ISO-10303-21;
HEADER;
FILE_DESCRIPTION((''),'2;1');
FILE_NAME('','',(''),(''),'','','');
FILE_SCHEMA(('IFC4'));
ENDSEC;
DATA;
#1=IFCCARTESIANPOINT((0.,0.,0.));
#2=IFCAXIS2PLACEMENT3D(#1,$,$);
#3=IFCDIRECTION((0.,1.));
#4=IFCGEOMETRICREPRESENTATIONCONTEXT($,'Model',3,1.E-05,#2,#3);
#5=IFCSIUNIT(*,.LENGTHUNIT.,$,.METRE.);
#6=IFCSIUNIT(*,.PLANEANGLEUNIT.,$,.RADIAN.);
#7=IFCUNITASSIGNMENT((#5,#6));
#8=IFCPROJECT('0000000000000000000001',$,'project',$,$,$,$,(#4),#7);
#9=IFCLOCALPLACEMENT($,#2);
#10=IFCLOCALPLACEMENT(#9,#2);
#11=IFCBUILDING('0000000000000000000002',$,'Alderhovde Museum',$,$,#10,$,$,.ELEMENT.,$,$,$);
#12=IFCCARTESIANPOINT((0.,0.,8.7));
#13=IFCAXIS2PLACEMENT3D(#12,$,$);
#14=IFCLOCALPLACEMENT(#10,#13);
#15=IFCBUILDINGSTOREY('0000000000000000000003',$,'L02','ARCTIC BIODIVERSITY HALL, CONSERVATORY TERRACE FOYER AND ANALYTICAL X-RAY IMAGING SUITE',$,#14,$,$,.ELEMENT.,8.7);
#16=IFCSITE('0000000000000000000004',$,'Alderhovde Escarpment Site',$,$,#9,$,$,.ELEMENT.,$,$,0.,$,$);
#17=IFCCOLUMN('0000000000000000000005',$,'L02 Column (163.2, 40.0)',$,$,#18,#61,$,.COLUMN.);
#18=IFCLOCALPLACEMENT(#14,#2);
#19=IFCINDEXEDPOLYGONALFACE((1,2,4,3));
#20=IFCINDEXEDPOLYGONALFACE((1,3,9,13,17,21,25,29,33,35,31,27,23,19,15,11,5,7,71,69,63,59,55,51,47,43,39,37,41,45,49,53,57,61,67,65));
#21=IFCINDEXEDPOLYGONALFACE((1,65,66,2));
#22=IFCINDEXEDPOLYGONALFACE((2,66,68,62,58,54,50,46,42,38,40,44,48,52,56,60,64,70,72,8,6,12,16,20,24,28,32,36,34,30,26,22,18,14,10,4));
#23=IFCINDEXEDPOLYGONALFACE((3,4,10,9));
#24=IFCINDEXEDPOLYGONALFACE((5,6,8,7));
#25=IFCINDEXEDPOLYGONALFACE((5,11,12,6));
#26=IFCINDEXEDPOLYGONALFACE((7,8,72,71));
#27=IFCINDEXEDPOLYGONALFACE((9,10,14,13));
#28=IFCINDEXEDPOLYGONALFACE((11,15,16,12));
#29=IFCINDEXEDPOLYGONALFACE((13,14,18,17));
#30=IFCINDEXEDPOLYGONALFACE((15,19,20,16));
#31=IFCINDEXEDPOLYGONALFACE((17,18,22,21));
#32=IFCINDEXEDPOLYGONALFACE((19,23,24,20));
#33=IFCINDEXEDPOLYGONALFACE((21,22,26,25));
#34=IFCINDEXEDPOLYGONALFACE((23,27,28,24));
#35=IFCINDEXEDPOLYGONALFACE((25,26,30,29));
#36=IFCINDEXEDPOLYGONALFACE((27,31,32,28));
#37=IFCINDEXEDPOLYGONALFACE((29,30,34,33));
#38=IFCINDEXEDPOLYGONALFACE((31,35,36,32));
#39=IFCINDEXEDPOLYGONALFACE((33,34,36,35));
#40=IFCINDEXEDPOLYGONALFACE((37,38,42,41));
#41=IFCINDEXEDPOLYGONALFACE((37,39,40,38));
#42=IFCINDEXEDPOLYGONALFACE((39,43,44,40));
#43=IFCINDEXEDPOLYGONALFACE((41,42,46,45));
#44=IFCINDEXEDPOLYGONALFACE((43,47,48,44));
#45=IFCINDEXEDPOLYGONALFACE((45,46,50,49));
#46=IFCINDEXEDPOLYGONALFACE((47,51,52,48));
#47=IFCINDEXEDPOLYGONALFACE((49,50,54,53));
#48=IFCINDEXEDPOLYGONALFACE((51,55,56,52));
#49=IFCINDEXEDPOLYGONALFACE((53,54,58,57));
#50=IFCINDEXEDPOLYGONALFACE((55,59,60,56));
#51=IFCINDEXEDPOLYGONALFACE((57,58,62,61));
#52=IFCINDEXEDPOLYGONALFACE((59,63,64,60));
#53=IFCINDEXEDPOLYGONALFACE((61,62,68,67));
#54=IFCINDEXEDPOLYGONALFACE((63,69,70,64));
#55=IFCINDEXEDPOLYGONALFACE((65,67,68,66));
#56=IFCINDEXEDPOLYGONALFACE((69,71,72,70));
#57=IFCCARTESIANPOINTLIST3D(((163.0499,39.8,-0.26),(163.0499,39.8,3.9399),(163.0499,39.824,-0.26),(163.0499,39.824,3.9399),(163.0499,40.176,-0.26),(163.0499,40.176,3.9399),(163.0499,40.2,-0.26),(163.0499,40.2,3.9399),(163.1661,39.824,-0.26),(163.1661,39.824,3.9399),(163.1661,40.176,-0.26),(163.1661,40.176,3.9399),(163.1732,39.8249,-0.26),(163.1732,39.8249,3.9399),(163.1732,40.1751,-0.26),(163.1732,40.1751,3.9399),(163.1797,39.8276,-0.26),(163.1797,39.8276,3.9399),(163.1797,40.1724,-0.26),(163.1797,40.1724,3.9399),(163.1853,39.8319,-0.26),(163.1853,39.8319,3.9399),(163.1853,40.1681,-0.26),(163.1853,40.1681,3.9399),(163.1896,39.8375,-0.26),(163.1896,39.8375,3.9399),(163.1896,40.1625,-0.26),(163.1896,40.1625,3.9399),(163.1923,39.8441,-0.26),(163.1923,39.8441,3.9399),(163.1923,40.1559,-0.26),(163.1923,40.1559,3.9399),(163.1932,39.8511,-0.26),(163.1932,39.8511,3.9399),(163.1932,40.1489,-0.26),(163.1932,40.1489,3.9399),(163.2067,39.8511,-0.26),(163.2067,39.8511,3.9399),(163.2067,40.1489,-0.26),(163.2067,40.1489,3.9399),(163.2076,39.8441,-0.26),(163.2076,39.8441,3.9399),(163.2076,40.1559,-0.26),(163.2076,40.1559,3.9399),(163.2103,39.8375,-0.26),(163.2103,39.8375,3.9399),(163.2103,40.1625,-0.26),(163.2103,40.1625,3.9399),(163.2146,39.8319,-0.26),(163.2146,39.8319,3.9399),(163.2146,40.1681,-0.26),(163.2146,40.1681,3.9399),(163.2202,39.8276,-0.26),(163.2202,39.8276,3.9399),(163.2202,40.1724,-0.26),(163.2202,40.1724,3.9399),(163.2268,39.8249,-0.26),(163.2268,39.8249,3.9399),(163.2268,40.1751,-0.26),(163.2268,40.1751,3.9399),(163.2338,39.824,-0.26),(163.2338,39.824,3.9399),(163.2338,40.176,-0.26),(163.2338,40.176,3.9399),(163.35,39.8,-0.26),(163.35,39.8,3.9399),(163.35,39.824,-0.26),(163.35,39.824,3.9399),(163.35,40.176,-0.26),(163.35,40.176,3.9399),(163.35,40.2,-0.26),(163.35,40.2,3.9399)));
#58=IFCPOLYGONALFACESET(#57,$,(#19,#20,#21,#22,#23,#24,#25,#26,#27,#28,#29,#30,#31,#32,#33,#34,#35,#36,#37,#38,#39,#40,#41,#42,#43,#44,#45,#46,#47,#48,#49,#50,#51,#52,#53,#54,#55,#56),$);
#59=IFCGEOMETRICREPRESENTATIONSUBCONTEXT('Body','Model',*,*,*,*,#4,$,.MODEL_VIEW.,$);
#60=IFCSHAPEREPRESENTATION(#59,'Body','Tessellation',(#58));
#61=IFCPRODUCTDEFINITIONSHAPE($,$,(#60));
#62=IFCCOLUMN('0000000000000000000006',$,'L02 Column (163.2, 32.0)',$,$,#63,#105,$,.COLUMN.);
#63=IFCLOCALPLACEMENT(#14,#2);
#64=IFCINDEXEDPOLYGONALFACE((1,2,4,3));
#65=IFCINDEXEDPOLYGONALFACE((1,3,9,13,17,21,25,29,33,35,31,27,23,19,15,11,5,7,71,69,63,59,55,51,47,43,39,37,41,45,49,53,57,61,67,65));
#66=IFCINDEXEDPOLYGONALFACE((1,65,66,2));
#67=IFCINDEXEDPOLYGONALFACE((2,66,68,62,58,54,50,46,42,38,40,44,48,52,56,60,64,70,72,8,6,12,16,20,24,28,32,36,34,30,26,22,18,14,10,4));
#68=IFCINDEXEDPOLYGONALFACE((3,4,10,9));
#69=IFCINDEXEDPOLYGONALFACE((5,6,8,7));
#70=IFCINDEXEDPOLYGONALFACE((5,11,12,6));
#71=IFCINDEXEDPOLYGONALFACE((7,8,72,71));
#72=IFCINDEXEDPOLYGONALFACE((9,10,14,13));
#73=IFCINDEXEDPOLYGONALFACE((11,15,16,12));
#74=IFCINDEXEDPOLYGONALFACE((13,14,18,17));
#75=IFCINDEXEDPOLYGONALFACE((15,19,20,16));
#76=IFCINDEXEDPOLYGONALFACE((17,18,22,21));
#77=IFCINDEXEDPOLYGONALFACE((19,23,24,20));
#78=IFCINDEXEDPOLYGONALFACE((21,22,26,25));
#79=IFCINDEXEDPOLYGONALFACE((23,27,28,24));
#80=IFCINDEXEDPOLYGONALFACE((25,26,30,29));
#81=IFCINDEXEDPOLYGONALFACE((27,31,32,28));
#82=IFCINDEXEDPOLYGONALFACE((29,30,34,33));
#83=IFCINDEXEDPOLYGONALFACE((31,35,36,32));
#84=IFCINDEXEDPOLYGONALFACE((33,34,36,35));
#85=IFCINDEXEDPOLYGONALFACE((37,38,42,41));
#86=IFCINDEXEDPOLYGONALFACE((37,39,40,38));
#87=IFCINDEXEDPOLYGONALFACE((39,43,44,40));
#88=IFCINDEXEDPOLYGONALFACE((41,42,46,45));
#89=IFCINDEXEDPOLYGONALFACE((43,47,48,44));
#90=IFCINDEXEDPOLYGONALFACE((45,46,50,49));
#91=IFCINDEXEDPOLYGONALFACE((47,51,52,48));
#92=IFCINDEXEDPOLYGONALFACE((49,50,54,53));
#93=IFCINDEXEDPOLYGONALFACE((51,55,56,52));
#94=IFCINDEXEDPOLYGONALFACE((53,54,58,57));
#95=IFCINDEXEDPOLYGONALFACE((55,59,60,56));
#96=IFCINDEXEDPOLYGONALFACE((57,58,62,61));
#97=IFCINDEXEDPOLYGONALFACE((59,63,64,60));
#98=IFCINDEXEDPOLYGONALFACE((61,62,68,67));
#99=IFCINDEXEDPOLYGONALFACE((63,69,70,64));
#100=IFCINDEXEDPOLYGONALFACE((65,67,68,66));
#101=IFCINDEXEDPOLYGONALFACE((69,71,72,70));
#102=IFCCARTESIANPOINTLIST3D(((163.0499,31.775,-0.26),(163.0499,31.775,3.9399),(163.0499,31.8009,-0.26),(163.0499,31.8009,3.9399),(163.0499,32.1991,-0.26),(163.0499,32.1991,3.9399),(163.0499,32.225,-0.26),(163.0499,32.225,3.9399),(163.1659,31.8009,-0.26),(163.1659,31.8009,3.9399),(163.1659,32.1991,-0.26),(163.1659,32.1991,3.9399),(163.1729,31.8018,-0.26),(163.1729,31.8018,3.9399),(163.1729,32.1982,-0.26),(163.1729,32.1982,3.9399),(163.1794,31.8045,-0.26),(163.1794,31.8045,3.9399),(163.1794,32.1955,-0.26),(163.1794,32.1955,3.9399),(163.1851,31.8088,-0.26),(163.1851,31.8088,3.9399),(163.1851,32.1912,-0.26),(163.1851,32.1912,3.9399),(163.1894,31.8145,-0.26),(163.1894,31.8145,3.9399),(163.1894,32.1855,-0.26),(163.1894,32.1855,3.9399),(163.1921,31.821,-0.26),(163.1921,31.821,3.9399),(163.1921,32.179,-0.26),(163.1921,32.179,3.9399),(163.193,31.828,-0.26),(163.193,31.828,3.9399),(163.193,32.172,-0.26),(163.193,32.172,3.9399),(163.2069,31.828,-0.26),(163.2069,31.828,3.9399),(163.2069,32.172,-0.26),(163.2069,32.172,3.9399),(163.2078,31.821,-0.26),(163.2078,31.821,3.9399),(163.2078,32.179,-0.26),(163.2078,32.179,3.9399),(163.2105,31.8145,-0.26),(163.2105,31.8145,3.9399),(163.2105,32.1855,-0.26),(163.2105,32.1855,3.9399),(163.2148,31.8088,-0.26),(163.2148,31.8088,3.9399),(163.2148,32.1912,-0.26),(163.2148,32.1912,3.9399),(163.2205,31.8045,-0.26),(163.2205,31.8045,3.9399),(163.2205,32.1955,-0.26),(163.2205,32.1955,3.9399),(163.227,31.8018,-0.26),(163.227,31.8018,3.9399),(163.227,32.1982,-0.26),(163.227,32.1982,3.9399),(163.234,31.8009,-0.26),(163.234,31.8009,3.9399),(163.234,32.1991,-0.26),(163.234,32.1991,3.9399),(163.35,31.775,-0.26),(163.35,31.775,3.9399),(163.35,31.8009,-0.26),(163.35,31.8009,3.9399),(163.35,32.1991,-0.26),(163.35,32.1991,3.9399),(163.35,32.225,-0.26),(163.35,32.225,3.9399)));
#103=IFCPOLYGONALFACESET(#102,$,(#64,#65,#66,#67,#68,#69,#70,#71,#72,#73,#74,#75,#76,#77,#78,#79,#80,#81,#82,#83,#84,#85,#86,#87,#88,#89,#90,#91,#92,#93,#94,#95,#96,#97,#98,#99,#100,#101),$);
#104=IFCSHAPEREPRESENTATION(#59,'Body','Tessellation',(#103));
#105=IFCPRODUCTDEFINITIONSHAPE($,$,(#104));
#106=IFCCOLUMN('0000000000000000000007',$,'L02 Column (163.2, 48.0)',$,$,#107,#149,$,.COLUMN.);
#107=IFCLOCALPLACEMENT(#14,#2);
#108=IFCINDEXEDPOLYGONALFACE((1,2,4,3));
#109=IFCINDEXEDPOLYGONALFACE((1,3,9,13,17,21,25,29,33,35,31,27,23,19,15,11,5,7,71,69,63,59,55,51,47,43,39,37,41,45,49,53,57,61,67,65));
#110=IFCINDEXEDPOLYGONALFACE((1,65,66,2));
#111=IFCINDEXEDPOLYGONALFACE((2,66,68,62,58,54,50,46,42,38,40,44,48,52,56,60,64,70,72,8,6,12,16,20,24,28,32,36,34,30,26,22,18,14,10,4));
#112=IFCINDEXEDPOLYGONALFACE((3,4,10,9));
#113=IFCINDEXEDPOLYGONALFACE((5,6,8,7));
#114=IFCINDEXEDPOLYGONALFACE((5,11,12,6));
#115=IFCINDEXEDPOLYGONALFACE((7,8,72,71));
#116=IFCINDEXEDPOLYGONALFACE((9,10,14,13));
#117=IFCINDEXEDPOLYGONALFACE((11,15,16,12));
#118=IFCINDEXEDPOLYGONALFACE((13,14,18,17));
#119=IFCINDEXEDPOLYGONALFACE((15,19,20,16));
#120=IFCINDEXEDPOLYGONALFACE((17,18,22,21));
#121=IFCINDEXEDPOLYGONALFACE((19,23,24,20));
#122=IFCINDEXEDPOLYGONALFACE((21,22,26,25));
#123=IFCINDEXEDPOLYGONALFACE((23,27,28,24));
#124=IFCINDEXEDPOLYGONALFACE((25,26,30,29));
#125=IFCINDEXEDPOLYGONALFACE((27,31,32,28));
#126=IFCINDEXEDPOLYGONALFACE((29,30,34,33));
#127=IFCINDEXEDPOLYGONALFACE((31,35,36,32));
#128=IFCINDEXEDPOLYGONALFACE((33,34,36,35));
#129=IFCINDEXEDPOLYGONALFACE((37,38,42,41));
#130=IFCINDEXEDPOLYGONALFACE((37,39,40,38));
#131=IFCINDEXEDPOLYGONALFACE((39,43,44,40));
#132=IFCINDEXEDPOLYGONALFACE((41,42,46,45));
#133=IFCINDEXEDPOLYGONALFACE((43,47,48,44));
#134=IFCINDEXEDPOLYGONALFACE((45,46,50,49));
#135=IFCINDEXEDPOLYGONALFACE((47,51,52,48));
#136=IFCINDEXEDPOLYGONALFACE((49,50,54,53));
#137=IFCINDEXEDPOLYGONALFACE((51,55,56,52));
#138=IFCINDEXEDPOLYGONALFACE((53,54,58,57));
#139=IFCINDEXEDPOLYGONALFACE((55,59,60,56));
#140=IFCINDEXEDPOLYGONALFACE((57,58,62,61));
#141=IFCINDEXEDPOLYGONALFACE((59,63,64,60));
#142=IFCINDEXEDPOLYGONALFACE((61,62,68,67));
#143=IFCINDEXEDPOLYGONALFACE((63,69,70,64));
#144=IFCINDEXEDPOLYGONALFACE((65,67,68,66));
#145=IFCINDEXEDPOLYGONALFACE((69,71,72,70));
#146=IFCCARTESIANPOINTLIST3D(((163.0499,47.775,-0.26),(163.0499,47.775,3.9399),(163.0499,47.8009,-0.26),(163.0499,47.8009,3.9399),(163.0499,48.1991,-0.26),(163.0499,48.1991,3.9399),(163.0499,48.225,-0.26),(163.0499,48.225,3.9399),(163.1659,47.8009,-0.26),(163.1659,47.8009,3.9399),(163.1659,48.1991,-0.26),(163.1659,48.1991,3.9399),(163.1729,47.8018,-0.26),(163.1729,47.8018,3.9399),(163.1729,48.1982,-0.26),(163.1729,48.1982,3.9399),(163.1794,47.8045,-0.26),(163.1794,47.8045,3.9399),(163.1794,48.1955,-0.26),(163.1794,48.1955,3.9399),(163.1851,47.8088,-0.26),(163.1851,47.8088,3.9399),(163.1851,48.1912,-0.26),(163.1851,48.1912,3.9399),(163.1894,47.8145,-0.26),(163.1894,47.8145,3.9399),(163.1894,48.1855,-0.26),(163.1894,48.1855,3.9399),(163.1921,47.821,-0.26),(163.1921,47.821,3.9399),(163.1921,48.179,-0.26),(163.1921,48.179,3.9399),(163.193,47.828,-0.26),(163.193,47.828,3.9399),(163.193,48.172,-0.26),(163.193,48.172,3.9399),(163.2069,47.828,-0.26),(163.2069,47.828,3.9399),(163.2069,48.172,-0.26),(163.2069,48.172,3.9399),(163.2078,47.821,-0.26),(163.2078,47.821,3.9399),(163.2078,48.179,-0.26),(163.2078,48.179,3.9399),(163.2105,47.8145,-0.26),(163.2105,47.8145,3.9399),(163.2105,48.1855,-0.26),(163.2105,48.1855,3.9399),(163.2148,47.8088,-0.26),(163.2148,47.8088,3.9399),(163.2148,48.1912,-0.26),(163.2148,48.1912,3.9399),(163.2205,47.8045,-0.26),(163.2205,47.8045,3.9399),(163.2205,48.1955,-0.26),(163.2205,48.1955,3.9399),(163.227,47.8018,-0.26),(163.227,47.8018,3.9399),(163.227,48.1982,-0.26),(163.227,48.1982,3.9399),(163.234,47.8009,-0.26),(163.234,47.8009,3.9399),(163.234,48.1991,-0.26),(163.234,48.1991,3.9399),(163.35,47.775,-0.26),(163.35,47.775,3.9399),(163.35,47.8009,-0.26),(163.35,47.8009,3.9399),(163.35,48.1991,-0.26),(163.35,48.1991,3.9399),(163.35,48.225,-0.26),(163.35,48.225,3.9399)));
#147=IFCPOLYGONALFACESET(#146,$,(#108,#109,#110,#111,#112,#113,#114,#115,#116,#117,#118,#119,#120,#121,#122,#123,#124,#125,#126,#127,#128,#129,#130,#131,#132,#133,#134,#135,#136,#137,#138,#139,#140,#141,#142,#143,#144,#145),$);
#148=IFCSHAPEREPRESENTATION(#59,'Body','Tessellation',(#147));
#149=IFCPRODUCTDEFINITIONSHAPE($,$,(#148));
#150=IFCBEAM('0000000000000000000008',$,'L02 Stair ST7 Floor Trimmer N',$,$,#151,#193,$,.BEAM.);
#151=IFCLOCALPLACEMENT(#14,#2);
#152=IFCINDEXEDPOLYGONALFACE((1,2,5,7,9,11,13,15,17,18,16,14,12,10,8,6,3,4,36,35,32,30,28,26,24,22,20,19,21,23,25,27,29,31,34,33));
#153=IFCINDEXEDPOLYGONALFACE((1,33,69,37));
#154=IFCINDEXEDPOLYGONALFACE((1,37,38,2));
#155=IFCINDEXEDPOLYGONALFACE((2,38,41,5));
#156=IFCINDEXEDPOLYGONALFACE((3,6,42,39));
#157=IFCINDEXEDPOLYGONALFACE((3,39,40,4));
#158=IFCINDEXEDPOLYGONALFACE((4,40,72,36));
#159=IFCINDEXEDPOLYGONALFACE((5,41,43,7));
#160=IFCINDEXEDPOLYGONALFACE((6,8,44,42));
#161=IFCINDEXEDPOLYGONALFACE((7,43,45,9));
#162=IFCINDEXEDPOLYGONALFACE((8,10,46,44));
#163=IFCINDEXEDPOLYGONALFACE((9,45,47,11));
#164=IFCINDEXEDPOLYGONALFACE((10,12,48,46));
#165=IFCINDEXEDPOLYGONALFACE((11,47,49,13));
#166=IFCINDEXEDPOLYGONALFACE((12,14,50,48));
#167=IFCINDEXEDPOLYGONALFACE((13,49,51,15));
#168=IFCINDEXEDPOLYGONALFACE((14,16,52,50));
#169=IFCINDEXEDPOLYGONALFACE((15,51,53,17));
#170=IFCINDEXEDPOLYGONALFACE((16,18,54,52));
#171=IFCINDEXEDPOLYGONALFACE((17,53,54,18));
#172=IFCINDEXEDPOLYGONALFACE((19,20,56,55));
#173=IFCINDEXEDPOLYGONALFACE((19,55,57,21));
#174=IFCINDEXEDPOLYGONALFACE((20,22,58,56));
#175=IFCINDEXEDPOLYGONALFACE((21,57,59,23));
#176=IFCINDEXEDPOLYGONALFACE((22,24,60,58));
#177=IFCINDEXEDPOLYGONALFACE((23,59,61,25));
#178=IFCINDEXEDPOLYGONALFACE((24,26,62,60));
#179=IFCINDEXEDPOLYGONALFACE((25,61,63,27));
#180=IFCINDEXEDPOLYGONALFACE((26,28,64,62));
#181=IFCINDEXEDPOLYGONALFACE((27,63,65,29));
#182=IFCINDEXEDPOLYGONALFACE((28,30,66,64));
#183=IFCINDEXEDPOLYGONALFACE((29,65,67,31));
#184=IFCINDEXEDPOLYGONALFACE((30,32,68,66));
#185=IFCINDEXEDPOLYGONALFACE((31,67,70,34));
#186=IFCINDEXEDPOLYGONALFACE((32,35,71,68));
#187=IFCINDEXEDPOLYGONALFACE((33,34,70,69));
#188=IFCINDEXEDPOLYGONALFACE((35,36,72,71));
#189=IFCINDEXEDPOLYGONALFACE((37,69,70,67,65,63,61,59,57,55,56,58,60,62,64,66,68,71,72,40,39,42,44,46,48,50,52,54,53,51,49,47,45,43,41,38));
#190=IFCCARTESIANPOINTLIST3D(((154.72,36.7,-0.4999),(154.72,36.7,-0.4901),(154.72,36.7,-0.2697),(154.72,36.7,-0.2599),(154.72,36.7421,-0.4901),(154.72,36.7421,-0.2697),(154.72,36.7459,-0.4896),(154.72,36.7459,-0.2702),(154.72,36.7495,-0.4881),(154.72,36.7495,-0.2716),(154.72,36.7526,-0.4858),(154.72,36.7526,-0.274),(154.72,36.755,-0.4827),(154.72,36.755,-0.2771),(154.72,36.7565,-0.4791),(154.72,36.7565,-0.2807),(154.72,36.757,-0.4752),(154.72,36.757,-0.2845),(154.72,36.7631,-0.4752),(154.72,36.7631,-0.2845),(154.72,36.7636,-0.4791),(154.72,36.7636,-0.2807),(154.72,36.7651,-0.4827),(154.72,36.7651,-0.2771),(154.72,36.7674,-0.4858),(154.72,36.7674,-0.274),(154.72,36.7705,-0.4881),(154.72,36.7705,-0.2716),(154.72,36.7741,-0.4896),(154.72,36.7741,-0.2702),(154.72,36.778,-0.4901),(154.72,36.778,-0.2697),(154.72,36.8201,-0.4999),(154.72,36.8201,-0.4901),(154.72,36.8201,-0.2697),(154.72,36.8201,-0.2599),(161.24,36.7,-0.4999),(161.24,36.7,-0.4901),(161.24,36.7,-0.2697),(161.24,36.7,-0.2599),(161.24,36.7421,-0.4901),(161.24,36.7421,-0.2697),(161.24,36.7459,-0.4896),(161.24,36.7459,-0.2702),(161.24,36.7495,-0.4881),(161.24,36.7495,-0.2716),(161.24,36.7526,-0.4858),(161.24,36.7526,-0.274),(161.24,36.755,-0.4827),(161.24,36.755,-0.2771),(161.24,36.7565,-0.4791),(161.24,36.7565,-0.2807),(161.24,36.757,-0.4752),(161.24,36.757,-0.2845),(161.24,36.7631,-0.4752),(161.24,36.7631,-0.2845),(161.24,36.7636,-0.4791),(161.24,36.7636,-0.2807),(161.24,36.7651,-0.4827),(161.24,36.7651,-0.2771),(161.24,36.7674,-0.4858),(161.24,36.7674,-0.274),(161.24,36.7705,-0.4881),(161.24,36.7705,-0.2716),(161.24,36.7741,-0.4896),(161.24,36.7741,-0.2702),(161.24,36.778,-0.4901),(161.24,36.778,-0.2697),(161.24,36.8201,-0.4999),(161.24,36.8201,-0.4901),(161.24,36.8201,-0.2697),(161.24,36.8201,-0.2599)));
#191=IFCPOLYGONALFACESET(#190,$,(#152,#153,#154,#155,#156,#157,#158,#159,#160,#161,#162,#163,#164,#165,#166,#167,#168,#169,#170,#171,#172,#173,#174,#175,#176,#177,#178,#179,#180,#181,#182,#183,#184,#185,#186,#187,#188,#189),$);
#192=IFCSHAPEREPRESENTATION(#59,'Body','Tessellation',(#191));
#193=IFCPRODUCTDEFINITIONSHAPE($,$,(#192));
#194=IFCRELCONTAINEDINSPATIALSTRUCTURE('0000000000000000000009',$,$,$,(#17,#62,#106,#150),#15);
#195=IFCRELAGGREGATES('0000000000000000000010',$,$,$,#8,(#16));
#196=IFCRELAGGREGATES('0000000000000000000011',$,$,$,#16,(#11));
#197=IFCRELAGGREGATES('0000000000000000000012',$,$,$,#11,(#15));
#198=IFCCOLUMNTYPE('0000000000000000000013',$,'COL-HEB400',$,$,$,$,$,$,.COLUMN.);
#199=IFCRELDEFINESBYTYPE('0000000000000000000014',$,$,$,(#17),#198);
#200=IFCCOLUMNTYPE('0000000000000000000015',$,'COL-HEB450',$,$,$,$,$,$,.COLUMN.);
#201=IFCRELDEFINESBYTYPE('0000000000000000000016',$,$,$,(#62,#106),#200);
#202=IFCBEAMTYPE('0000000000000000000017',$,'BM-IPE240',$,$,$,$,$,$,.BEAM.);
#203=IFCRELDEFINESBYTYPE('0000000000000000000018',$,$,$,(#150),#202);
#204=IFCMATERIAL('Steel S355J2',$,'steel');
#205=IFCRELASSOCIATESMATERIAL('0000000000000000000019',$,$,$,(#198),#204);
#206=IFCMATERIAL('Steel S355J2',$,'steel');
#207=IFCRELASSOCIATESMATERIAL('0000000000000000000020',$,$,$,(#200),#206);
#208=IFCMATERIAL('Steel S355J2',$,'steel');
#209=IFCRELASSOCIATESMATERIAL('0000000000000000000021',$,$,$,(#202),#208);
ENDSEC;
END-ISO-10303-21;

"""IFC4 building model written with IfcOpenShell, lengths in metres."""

from ifc_helpers import new_model, si_unit, direction, frame, origin, origin_2d, place, context, subcontext, project, spatial, i_section, extrude, material, material_profile, profile_set, type_object, element, save


model = new_model("IFC4")

# Units and contexts
model_context = context("Model", 3, precision=1e-05, world=origin(), true_north=direction((0.0, 1.0)))
body_context = subcontext(model_context, "Body", "Model", "MODEL_VIEW")
ifc_project = project(units=[si_unit("LENGTHUNIT", "METRE"), si_unit("PLANEANGLEUNIT", "RADIAN")], contexts=[model_context])

# Site, building, storey
site_placement = place(None, origin())
site = spatial("IfcSite", under=ifc_project, at=site_placement, Name="Alderhovde Escarpment Site", CompositionType="ELEMENT", RefElevation=0.0)
building_placement = place(site_placement, origin())
building = spatial("IfcBuilding", under=site, at=building_placement, Name="Alderhovde Museum", CompositionType="ELEMENT")
storey_placement = place(building_placement, frame((0.0, 0.0, 8.7)))
storey = spatial("IfcBuildingStorey", under=building, at=storey_placement, Name="L02", Description="ARCTIC BIODIVERSITY HALL, CONSERVATORY TERRACE FOYER AND ANALYTICAL X-RAY IMAGING SUITE", CompositionType="ELEMENT", Elevation=8.7)

# Columns
ifc_material_1 = material(Name="Steel S355J2", Category="steel")
ifc_material_profile_1 = material_profile(ifc_material_1, i_section(OverallWidth=0.3, OverallDepth=0.3999, WebThickness=0.0134, FlangeThickness=0.0239, FilletRadius=0.0271, at=origin_2d()), Name="HEB 400")
ifc_profile_set_1 = profile_set([ifc_material_profile_1], Name="Steel S355J2")
column_type_1 = type_object("IfcColumnType", Name="COL-HEB400", PredefinedType="COLUMN", material=ifc_profile_set_1)
column_placement = place(storey_placement, frame((163.2, 40.0, -0.26), z_axis=(0.0, 0.0, 1.0), x_axis=(1.0, 0.0, 0.0)))
element("IfcColumn", 1, at=column_placement, inside=storey, type_object=column_type_1, Name="L02 Column (163.2, 40.0)", PredefinedType="COLUMN", context=body_context, shape_type="SweptSolid", body=[
    extrude(i_section(OverallWidth=0.3, OverallDepth=0.3999, WebThickness=0.0134, FlangeThickness=0.0239, FilletRadius=0.0271, at=origin_2d()), origin(), (0.0, 0.0, 1.0), 4.2),
])
ifc_material_2 = material(Name="Steel S355J2", Category="steel")
ifc_material_profile_2 = material_profile(ifc_material_2, i_section(OverallWidth=0.3, OverallDepth=0.45, WebThickness=0.0139, FlangeThickness=0.0259, FilletRadius=0.0271, at=origin_2d()), Name="HEB 450")
ifc_profile_set_2 = profile_set([ifc_material_profile_2], Name="Steel S355J2")
column_type_2 = type_object("IfcColumnType", Name="COL-HEB450", PredefinedType="COLUMN", material=ifc_profile_set_2)
for number, where, z_axis, x_axis, name in (
    (2, (163.2, 32.0, -0.26), (0.0, 0.0, 1.0), (1.0, 0.0, 0.0), "L02 Column (163.2, 32.0)"),
    (3, (163.2, 48.0, -0.26), (0.0, 0.0, 1.0), (1.0, 0.0, 0.0), "L02 Column (163.2, 48.0)"),
):
    element("IfcColumn", number, at=place(storey_placement, frame(where, z_axis=z_axis, x_axis=x_axis)), inside=storey, type_object=column_type_2, Name=name, PredefinedType="COLUMN", context=body_context, shape_type="SweptSolid", body=[
        extrude(i_section(OverallWidth=0.3, OverallDepth=0.45, WebThickness=0.0139, FlangeThickness=0.0259, FilletRadius=0.0271, at=origin_2d()), origin(), (0.0, 0.0, 1.0), 4.2),
    ])

# Beam
ifc_material_3 = material(Name="Steel S355J2", Category="steel")
ifc_material_profile_3 = material_profile(ifc_material_3, i_section(OverallWidth=0.1201, OverallDepth=0.24, WebThickness=0.0061, FlangeThickness=0.0098, FilletRadius=0.0149, at=origin_2d()), Name="IPE 240")
ifc_profile_set_3 = profile_set([ifc_material_profile_3], Name="Steel S355J2")
beam_type_1 = type_object("IfcBeamType", Name="BM-IPE240", PredefinedType="BEAM", material=ifc_profile_set_3)
beam_1_placement = place(storey_placement, frame((154.72, 36.76, -0.3799), z_axis=(1.0, 0.0, 0.0), x_axis=(0.0, 1.0, 0.0)))
element("IfcBeam", 4, at=beam_1_placement, inside=storey, type_object=beam_type_1, Name="L02 Stair ST7 Floor Trimmer N", PredefinedType="BEAM", context=body_context, shape_type="SweptSolid", body=[
    extrude(i_section(OverallWidth=0.1201, OverallDepth=0.24, WebThickness=0.0061, FlangeThickness=0.0098, FilletRadius=0.0149, at=origin_2d()), origin(), (0.0, 0.0, 1.0), 6.52),
])

save(model, "model.ifc")
